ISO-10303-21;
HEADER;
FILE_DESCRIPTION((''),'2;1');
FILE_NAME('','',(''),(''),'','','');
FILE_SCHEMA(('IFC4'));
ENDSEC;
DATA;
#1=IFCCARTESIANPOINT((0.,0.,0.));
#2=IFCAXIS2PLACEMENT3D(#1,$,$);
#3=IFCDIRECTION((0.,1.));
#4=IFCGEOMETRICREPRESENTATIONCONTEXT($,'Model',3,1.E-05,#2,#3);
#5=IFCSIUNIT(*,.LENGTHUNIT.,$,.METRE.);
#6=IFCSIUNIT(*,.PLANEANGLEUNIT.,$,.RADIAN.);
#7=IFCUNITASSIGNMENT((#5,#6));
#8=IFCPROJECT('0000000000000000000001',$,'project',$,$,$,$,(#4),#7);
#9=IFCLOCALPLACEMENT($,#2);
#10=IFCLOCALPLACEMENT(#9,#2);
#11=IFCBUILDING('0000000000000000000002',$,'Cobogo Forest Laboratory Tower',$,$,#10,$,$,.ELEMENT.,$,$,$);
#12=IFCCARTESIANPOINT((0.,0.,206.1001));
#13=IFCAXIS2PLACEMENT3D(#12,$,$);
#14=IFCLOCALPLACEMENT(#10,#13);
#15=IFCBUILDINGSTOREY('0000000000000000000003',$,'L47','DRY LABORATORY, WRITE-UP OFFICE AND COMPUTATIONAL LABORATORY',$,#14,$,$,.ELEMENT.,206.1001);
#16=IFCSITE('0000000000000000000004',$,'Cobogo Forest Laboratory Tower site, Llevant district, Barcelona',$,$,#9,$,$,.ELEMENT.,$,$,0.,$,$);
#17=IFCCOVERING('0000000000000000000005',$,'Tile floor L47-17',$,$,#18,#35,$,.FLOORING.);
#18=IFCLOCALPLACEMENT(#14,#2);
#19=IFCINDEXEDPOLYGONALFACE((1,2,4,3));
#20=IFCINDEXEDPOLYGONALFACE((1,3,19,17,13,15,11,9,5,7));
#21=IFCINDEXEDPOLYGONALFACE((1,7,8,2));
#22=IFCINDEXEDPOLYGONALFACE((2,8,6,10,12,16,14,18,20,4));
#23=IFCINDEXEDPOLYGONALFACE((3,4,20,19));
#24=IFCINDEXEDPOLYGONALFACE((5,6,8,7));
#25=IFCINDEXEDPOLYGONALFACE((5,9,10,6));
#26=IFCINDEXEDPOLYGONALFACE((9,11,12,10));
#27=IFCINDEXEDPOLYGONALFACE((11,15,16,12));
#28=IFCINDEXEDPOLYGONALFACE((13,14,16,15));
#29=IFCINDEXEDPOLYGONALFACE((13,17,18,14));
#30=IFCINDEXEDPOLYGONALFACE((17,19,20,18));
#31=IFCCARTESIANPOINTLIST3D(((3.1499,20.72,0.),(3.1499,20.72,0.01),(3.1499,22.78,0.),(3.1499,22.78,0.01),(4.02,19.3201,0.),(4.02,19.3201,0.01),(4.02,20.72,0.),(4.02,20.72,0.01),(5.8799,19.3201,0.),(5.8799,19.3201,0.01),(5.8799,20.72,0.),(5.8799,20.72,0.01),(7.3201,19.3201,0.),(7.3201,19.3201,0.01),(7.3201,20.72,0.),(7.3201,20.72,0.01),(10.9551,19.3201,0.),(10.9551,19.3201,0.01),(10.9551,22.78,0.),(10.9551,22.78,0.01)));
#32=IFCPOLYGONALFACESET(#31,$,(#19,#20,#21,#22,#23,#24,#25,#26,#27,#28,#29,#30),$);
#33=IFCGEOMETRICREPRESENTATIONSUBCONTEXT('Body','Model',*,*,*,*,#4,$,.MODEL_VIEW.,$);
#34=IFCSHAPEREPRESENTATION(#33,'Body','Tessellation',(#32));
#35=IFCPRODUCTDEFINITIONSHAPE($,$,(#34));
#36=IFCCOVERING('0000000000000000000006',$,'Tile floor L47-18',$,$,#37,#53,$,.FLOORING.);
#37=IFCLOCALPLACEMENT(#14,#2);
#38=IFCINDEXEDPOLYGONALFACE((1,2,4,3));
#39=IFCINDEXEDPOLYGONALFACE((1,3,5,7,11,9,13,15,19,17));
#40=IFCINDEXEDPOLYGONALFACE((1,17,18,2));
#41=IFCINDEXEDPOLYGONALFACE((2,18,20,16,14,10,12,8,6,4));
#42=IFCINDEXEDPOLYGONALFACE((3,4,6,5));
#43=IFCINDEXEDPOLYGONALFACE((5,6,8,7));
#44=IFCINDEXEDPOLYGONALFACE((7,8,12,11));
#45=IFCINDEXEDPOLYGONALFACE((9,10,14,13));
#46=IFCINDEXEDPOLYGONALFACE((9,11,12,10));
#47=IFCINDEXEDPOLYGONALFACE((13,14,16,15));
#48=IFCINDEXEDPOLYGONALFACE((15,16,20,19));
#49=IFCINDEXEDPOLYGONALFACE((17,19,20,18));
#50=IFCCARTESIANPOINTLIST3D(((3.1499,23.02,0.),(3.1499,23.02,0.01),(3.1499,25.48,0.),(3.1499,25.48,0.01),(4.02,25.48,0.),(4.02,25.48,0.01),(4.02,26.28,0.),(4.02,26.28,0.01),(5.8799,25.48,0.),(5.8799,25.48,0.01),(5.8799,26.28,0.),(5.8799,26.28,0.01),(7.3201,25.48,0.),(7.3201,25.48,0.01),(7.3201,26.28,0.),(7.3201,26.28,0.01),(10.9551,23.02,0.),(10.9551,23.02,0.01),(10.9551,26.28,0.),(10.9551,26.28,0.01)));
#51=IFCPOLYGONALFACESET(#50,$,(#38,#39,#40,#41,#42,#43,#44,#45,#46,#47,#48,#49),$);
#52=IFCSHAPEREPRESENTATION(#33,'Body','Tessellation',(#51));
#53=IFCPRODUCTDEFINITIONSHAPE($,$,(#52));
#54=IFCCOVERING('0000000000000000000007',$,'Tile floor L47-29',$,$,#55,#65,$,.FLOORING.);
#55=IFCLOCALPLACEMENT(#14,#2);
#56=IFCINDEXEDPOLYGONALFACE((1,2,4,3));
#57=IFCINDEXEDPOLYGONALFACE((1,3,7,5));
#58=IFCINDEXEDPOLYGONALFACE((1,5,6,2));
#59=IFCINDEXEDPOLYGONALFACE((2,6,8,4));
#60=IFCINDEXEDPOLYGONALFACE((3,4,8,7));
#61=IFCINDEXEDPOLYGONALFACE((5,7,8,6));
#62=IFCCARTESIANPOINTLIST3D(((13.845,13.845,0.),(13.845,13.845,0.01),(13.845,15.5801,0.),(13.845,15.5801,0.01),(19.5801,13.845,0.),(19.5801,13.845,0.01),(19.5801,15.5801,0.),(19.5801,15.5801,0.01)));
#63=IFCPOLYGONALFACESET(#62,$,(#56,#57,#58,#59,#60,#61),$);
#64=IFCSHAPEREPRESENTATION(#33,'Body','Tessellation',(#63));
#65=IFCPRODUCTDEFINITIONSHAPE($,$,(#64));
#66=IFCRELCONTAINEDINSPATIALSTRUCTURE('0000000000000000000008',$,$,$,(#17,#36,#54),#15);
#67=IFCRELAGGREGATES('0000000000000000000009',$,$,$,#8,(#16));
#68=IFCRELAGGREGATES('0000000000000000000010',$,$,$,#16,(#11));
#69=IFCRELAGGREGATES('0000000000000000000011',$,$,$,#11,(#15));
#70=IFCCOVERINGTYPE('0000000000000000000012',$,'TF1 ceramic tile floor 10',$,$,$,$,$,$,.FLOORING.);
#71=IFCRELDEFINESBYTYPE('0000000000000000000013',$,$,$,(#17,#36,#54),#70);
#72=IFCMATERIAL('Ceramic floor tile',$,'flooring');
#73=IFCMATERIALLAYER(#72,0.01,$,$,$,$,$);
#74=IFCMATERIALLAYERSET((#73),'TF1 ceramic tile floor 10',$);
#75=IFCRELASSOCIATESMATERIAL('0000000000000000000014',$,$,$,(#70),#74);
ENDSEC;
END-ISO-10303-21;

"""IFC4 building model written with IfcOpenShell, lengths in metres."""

from ifc_helpers import new_model, si_unit, direction, frame, origin, place, context, subcontext, project, spatial, polyline, outline, extrude, material, layer, layer_set, type_object, element, save


model = new_model("IFC4")

# Units and contexts
model_context = context("Model", 3, precision=1e-05, world=origin(), true_north=direction((0.0, 1.0)))
body_context = subcontext(model_context, "Body", "Model", "MODEL_VIEW")
ifc_project = project(units=[si_unit("LENGTHUNIT", "METRE"), si_unit("PLANEANGLEUNIT", "RADIAN")], contexts=[model_context])

# Site, building, storey
site_placement = place(None, origin())
site = spatial("IfcSite", under=ifc_project, at=site_placement, Name="Cobogo Forest Laboratory Tower site, Llevant district, Barcelona", CompositionType="ELEMENT", RefElevation=0.0)
building_placement = place(site_placement, origin())
building = spatial("IfcBuilding", under=site, at=building_placement, Name="Cobogo Forest Laboratory Tower", CompositionType="ELEMENT")
storey_placement = place(building_placement, frame((0.0, 0.0, 206.1001)))
storey = spatial("IfcBuildingStorey", under=building, at=storey_placement, Name="L47", Description="DRY LABORATORY, WRITE-UP OFFICE AND COMPUTATIONAL LABORATORY", CompositionType="ELEMENT", Elevation=206.1001)

# Coverings
ifc_material_1 = material(Name="Ceramic floor tile", Category="flooring")
ifc_layer_1 = layer(ifc_material_1, 0.01)
ifc_layer_set_1 = layer_set([ifc_layer_1], Name="TF1 ceramic tile floor 10")
covering_type_1 = type_object("IfcCoveringType", Name="TF1 ceramic tile floor 10", PredefinedType="FLOORING", material=ifc_layer_set_1)
covering_1_placement = place(storey_placement, origin())
element("IfcCovering", 1, at=covering_1_placement, inside=storey, type_object=covering_type_1, Name="Tile floor L47-17", PredefinedType="FLOORING", context=body_context, shape_type="SweptSolid", body=[
    extrude(outline(polyline([(10.9551, 19.3201), (7.3201, 19.3201), (7.3201, 20.72), (5.8799, 20.72), (5.8799, 19.3201), (4.02, 19.3201), (4.02, 20.72), (3.1499, 20.72), (3.1499, 22.78), (10.9551, 22.78), (10.9551, 19.3201)])), origin(), (0.0, 0.0, 1.0), 0.01),
])
covering_2_placement = place(storey_placement, origin())
element("IfcCovering", 2, at=covering_2_placement, inside=storey, type_object=covering_type_1, Name="Tile floor L47-18", PredefinedType="FLOORING", context=body_context, shape_type="SweptSolid", body=[
    extrude(outline(polyline([(10.9551, 23.02), (3.1499, 23.02), (3.1499, 25.48), (4.02, 25.48), (4.02, 26.28), (5.8799, 26.28), (5.8799, 25.48), (7.3201, 25.48), (7.3201, 26.28), (10.9551, 26.28), (10.9551, 23.02)])), origin(), (0.0, 0.0, 1.0), 0.01),
])
covering_3_placement = place(storey_placement, origin())
element("IfcCovering", 3, at=covering_3_placement, inside=storey, type_object=covering_type_1, Name="Tile floor L47-29", PredefinedType="FLOORING", context=body_context, shape_type="SweptSolid", body=[
    extrude(outline(polyline([(19.5801, 13.845), (13.845, 13.845), (13.845, 15.5801), (19.5801, 15.5801), (19.5801, 13.845)])), origin(), (0.0, 0.0, 1.0), 0.01),
])

save(model, "model.ifc")
